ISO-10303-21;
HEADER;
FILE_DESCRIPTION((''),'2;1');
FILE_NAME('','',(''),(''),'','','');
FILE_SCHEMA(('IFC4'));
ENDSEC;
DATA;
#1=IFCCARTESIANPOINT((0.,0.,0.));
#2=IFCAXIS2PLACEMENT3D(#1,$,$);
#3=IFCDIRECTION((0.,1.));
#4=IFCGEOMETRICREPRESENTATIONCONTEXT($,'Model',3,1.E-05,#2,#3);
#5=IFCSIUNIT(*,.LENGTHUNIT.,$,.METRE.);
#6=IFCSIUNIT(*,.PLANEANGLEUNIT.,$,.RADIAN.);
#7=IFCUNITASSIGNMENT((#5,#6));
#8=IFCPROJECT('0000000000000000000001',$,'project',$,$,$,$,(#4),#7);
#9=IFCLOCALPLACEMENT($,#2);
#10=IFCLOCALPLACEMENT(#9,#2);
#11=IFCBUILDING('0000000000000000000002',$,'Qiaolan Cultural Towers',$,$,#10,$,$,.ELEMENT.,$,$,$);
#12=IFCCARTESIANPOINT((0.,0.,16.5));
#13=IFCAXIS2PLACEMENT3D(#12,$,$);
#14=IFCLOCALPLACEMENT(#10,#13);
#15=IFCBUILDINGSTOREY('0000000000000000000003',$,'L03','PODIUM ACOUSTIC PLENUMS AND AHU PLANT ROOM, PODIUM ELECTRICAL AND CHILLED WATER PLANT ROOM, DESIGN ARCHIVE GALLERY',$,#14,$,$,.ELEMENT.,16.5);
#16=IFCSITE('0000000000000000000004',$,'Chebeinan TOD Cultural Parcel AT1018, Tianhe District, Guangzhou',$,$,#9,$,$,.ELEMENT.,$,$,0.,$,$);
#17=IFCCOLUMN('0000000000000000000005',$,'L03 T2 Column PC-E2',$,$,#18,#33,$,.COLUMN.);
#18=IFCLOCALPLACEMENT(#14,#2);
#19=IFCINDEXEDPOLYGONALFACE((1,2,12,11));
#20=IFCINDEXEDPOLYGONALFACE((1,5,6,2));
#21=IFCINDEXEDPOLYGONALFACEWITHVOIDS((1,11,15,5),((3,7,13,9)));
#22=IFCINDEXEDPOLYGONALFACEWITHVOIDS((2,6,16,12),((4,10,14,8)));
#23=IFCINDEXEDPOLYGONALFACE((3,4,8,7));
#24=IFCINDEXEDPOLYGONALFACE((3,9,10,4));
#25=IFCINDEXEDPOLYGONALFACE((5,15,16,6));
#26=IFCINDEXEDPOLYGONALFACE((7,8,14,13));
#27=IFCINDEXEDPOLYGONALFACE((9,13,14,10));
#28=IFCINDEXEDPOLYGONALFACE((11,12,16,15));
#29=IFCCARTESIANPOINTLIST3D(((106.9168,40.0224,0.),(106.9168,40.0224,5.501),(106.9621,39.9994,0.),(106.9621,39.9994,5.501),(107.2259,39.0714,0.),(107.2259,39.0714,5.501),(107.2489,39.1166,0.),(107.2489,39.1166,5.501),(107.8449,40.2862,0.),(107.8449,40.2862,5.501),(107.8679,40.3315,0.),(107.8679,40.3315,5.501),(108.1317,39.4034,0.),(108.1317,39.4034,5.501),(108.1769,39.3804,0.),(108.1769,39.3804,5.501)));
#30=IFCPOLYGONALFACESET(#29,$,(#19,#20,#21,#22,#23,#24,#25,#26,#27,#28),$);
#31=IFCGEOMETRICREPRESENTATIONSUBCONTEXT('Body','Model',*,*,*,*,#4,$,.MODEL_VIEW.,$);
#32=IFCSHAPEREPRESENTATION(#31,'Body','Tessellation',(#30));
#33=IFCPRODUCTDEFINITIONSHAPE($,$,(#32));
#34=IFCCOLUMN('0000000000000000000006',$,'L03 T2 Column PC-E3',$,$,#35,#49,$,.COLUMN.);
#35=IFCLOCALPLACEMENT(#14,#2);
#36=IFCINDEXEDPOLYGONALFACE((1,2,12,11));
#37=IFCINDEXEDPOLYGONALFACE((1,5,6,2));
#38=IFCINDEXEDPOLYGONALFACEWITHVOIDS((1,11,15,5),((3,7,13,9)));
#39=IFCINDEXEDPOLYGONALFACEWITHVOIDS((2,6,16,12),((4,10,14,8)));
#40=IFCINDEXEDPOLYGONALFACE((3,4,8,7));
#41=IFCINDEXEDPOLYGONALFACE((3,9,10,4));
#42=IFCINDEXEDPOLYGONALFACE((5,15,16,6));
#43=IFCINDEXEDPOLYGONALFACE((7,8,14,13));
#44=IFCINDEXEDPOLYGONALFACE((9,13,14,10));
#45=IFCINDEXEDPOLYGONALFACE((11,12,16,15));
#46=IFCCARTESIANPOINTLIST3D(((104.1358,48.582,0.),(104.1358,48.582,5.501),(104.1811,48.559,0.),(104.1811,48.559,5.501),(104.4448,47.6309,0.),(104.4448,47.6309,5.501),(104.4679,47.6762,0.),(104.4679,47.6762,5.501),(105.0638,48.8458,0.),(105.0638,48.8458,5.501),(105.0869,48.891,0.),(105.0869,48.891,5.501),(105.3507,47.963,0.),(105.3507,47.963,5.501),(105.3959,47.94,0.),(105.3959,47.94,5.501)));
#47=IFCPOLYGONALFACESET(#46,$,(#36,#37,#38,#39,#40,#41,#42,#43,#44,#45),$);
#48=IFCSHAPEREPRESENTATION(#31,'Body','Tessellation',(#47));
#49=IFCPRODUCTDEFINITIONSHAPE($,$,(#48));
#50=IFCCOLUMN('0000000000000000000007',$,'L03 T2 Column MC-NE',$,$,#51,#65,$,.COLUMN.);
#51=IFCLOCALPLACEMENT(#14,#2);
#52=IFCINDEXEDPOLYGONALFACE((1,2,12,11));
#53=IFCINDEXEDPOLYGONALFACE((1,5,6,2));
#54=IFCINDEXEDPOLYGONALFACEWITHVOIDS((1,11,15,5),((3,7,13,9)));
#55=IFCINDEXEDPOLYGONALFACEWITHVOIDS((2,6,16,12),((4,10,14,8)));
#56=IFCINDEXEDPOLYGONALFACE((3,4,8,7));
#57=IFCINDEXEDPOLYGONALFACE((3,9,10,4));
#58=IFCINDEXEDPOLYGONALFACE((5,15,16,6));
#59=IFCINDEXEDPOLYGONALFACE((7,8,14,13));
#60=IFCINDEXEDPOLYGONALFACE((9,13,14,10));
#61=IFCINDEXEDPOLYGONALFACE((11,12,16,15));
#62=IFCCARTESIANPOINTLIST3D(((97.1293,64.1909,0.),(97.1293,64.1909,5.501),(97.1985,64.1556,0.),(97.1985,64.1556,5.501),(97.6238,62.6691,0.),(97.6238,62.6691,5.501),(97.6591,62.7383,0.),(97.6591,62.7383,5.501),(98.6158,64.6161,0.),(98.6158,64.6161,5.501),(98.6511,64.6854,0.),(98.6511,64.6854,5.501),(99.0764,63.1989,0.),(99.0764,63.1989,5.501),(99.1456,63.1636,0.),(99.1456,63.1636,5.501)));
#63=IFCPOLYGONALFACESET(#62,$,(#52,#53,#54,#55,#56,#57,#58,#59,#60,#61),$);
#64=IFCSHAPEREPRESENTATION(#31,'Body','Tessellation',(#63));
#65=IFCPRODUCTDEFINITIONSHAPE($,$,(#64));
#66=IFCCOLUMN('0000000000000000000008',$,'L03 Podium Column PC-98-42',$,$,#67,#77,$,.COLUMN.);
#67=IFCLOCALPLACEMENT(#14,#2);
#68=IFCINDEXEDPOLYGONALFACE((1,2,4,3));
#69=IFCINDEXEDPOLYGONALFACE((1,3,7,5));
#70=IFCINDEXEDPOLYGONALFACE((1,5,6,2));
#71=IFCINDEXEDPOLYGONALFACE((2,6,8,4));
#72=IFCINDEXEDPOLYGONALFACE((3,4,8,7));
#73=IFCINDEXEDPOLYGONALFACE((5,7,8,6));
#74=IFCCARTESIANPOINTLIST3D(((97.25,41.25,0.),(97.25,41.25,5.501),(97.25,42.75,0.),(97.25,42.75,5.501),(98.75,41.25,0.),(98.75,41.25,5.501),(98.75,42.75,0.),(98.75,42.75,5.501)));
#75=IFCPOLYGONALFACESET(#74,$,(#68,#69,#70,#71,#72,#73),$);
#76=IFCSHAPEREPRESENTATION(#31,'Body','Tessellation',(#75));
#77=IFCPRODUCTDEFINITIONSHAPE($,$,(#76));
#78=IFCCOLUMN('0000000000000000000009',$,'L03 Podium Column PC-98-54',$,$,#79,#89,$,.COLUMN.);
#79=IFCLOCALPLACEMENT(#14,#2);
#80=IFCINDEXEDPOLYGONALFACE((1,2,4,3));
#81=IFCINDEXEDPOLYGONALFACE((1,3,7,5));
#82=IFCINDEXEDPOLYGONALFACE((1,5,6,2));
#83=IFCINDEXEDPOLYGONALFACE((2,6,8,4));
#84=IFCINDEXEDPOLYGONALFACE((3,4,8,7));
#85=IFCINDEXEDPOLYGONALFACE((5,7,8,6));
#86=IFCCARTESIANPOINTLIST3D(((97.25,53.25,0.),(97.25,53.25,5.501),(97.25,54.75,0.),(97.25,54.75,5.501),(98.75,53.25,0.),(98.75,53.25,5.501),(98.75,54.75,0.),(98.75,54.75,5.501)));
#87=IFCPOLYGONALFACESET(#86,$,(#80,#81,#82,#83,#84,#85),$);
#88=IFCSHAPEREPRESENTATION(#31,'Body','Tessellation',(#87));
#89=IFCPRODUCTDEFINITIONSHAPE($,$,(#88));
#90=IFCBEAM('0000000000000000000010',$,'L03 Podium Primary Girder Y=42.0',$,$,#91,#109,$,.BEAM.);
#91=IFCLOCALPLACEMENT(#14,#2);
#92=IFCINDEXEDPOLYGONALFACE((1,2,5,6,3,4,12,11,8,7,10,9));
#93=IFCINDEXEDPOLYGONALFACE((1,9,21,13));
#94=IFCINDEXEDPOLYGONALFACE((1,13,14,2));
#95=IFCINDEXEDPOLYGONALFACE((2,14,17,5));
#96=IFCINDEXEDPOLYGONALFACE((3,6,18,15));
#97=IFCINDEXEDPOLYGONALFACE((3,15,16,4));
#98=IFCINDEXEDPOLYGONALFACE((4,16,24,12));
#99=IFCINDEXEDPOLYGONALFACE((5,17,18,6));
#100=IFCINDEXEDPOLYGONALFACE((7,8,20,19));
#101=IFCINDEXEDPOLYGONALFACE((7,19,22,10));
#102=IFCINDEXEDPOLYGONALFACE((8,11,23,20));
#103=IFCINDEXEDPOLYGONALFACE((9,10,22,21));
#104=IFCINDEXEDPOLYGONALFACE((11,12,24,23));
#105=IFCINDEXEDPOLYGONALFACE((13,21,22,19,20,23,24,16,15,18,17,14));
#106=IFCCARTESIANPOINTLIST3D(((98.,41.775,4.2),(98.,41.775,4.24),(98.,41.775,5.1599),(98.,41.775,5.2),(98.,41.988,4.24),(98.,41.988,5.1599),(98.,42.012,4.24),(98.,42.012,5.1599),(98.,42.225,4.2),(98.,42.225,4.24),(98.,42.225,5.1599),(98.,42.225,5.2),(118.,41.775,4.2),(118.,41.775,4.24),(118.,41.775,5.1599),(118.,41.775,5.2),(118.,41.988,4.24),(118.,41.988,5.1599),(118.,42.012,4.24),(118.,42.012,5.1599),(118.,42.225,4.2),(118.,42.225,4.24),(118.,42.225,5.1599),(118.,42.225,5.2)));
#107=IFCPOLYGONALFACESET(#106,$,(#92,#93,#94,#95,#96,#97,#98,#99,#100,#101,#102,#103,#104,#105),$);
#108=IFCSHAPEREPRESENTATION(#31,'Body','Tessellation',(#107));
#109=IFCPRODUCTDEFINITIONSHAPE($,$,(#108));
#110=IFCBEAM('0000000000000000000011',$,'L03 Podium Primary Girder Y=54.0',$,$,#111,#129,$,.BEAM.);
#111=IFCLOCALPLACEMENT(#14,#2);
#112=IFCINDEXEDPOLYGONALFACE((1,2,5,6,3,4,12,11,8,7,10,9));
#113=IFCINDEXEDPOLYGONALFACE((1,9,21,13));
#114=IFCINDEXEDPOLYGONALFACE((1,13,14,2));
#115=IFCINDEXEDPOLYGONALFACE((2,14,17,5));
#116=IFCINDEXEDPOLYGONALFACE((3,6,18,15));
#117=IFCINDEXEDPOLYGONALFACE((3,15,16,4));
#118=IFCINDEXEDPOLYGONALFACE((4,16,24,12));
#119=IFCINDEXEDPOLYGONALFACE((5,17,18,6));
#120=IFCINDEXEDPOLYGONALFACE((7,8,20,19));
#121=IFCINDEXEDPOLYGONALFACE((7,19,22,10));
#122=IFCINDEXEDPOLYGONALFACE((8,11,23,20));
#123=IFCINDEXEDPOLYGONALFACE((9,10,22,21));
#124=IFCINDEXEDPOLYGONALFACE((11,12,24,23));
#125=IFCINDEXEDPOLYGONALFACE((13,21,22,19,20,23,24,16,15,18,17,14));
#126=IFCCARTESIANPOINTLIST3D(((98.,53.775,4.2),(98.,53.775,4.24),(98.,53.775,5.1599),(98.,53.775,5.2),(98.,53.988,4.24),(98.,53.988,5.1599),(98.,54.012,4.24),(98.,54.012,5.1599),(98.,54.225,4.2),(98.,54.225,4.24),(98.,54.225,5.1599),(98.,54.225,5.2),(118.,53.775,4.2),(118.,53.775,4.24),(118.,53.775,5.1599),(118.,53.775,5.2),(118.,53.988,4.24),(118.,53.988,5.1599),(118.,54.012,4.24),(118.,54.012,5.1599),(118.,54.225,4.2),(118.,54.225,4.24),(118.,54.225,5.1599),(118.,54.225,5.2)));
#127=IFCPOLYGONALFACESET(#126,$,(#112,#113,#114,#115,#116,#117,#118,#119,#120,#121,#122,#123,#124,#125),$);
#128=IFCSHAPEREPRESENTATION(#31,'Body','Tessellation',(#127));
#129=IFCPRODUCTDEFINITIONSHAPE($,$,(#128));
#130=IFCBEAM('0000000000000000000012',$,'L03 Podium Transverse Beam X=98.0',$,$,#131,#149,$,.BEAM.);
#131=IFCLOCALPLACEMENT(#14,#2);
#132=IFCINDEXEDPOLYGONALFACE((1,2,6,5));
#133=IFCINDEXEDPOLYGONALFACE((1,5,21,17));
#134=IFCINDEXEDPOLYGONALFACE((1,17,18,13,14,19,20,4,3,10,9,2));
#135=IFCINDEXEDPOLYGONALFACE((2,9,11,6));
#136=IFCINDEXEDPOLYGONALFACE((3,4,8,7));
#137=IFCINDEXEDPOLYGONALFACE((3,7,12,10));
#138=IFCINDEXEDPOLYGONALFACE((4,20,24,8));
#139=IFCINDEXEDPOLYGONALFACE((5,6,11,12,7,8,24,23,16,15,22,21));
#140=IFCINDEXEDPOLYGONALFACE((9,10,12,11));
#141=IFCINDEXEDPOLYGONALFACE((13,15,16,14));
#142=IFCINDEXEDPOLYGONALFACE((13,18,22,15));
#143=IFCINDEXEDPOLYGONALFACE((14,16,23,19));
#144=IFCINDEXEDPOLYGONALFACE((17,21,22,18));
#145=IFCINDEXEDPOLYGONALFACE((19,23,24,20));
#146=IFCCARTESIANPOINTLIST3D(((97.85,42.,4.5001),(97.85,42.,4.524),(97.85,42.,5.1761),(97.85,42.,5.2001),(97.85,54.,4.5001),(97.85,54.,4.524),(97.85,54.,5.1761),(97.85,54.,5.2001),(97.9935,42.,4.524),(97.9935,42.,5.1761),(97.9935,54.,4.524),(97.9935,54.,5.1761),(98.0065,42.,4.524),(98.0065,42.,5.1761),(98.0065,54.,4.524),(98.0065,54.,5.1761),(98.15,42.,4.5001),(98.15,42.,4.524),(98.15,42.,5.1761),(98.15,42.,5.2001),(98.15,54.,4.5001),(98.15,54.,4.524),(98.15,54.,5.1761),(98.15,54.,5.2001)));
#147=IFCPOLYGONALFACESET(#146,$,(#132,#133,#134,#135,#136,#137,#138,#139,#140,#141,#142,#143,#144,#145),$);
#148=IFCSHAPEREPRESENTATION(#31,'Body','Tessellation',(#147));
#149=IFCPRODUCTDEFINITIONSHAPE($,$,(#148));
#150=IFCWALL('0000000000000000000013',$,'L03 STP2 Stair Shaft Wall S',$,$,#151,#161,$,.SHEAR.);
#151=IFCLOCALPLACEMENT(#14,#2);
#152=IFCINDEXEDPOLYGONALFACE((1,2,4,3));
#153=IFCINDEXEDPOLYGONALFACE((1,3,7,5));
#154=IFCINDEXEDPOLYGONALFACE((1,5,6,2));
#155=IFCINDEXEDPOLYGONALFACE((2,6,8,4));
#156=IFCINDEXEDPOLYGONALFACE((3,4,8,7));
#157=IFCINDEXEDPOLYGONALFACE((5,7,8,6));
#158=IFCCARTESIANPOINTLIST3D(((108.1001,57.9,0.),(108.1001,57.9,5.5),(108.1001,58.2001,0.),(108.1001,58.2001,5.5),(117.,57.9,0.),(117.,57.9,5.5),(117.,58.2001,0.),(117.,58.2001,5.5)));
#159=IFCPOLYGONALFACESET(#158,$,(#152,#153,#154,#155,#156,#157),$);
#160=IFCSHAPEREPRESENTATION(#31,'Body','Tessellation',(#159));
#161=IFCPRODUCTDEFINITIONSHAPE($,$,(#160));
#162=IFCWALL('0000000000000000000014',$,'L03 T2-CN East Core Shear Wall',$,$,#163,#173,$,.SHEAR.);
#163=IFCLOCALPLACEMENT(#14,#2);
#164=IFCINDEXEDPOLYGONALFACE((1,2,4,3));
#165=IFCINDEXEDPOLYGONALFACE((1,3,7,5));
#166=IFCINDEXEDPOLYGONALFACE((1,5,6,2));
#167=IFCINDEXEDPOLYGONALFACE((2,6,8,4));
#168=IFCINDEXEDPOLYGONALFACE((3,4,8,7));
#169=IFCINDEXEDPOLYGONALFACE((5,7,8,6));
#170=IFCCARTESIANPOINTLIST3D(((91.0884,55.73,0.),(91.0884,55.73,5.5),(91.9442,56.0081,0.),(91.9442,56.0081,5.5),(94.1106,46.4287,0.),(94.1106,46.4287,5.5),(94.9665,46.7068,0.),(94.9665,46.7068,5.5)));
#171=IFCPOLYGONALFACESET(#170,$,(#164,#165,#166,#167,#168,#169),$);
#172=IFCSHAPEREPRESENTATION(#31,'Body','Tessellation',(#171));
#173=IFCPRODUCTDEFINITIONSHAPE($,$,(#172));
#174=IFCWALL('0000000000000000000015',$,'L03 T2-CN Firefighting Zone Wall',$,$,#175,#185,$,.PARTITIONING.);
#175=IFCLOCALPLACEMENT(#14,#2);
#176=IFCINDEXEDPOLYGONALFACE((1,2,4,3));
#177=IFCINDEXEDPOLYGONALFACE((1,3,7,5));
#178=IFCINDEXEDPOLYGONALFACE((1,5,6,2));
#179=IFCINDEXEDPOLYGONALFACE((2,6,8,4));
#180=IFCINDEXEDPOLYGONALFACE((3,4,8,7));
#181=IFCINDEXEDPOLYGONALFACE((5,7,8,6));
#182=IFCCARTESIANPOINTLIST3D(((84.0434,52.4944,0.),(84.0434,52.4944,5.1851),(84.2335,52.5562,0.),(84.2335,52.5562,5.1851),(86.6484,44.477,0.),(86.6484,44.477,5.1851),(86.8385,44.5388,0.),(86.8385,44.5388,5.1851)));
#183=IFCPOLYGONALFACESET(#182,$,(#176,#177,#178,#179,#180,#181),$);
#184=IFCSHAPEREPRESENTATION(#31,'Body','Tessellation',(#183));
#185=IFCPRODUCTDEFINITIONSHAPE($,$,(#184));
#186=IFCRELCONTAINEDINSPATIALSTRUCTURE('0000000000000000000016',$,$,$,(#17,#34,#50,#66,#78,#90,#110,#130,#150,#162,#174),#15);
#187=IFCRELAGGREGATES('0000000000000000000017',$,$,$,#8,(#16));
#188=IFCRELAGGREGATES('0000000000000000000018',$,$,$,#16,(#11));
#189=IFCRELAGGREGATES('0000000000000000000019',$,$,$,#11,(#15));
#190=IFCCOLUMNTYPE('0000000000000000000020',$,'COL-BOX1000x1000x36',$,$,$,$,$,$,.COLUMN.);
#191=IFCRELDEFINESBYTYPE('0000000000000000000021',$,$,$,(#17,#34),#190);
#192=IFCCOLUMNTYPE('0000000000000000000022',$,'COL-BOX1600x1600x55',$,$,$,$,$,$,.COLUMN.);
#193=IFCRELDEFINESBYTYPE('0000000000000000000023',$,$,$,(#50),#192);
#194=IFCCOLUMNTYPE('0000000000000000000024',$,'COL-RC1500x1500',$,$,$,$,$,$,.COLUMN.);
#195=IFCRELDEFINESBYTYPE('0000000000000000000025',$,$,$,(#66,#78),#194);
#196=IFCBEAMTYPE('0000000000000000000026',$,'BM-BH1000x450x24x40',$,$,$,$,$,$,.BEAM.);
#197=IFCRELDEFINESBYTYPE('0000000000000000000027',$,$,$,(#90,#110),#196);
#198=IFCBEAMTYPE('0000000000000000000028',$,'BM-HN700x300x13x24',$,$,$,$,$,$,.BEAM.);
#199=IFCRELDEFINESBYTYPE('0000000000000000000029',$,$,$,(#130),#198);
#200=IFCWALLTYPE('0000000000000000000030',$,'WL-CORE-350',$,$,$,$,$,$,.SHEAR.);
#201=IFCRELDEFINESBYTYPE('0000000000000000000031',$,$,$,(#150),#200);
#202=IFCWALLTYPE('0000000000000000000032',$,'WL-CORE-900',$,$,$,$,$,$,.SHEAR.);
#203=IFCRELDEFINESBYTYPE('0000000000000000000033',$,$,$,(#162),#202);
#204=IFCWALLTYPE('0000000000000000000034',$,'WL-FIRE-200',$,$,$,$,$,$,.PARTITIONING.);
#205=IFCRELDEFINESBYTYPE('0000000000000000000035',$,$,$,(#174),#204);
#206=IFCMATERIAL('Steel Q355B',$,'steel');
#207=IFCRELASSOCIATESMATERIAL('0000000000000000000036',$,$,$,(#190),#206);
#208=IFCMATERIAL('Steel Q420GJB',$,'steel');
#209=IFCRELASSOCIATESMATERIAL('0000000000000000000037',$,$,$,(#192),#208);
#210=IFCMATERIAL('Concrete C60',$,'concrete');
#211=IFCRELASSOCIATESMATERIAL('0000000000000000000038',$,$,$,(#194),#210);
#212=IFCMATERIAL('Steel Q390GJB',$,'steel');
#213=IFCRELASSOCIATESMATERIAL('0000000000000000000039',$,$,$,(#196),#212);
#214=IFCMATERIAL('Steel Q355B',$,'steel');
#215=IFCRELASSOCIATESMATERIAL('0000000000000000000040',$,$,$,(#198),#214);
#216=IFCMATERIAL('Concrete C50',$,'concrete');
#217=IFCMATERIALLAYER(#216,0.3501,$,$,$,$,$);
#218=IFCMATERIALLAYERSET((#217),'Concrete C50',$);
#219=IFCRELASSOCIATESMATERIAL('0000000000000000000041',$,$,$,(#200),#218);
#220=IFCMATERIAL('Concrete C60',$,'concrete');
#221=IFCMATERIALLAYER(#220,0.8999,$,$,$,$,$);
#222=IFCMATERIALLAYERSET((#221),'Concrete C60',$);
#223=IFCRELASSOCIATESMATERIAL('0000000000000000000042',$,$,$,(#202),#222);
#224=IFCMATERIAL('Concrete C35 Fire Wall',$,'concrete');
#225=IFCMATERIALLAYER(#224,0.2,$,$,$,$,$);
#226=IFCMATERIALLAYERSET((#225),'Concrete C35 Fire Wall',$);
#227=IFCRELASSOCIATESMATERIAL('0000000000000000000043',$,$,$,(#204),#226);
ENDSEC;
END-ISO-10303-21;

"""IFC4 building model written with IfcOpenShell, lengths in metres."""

from ifc_helpers import new_model, si_unit, direction, frame, frame_2d, origin, origin_2d, place, context, subcontext, project, spatial, rectangle, hollow_rectangle, i_section, extrude, material, layer, layer_set, material_profile, profile_set, type_object, element, save


model = new_model("IFC4")

# Units and contexts
model_context = context("Model", 3, precision=1e-05, world=origin(), true_north=direction((0.0, 1.0)))
body_context = subcontext(model_context, "Body", "Model", "MODEL_VIEW")
ifc_project = project(units=[si_unit("LENGTHUNIT", "METRE"), si_unit("PLANEANGLEUNIT", "RADIAN")], contexts=[model_context])

# Site, building, storey
site_placement = place(None, origin())
site = spatial("IfcSite", under=ifc_project, at=site_placement, Name="Chebeinan TOD Cultural Parcel AT1018, Tianhe District, Guangzhou", CompositionType="ELEMENT", RefElevation=0.0)
building_placement = place(site_placement, origin())
building = spatial("IfcBuilding", under=site, at=building_placement, Name="Qiaolan Cultural Towers", CompositionType="ELEMENT")
storey_placement = place(building_placement, frame((0.0, 0.0, 16.5)))
storey = spatial("IfcBuildingStorey", under=building, at=storey_placement, Name="L03", Description="PODIUM ACOUSTIC PLENUMS AND AHU PLANT ROOM, PODIUM ELECTRICAL AND CHILLED WATER PLANT ROOM, DESIGN ARCHIVE GALLERY", CompositionType="ELEMENT", Elevation=16.5)

# Columns
ifc_material_1 = material(Name="Steel Q355B", Category="steel")
ifc_material_profile_1 = material_profile(ifc_material_1, hollow_rectangle(XDim=1.0, YDim=1.0, WallThickness=0.0359, at=origin_2d()), Name="BOX1000x1000x36")
ifc_profile_set_1 = profile_set([ifc_material_profile_1], Name="Steel Q355B")
column_type_1 = type_object("IfcColumnType", Name="COL-BOX1000x1000x36", PredefinedType="COLUMN", material=ifc_profile_set_1)
for number, where, z_axis, x_axis, name in (
    (1, (107.5469, 39.7014, 0.0), (0.0, 0.0, 1.0), (0.951057, 0.309017, 0.0), "L03 T2 Column PC-E2"),
    (2, (104.7659, 48.261, 0.0), (0.0, 0.0, 1.0), (0.951057, 0.309017, 0.0), "L03 T2 Column PC-E3"),
):
    element("IfcColumn", number, at=place(storey_placement, frame(where, z_axis=z_axis, x_axis=x_axis)), inside=storey, type_object=column_type_1, Name=name, PredefinedType="COLUMN", context=body_context, shape_type="SweptSolid", body=[
        extrude(hollow_rectangle(XDim=1.0, YDim=1.0, WallThickness=0.0359, at=origin_2d()), origin(), (0.0, 0.0, 1.0), 5.501),
    ])
ifc_material_2 = material(Name="Steel Q420GJB", Category="steel")
ifc_material_profile_2 = material_profile(ifc_material_2, hollow_rectangle(XDim=1.6001, YDim=1.6001, WallThickness=0.0549, at=origin_2d()), Name="BOX1600x1600x55")
ifc_profile_set_2 = profile_set([ifc_material_profile_2], Name="Steel Q420GJB")
column_type_2 = type_object("IfcColumnType", Name="COL-BOX1600x1600x55", PredefinedType="COLUMN", material=ifc_profile_set_2)
column_placement = place(storey_placement, frame((98.1375, 63.6772, 0.0), z_axis=(0.0, 0.0, 1.0), x_axis=(0.951057, 0.309017, 0.0)))
element("IfcColumn", 3, at=column_placement, inside=storey, type_object=column_type_2, Name="L03 T2 Column MC-NE", PredefinedType="COLUMN", context=body_context, shape_type="SweptSolid", body=[
    extrude(hollow_rectangle(XDim=1.6001, YDim=1.6001, WallThickness=0.0549, at=origin_2d()), origin(), (0.0, 0.0, 1.0), 5.501),
])
ifc_material_3 = material(Name="Concrete C60", Category="concrete")
ifc_material_profile_3 = material_profile(ifc_material_3, rectangle(XDim=1.5, YDim=1.5, at=origin_2d()), Name="RC1500x1500")
ifc_profile_set_3 = profile_set([ifc_material_profile_3], Name="Concrete C60")
column_type_3 = type_object("IfcColumnType", Name="COL-RC1500x1500", PredefinedType="COLUMN", material=ifc_profile_set_3)
for number, where, z_axis, x_axis, name in (
    (4, (98.0, 42.0, 0.0), (0.0, 0.0, 1.0), (1.0, 0.0, 0.0), "L03 Podium Column PC-98-42"),
    (5, (98.0, 54.0, 0.0), (0.0, 0.0, 1.0), (1.0, 0.0, 0.0), "L03 Podium Column PC-98-54"),
):
    element("IfcColumn", number, at=place(storey_placement, frame(where, z_axis=z_axis, x_axis=x_axis)), inside=storey, type_object=column_type_3, Name=name, PredefinedType="COLUMN", context=body_context, shape_type="SweptSolid", body=[
        extrude(rectangle(XDim=1.5, YDim=1.5, at=origin_2d()), origin(), (0.0, 0.0, 1.0), 5.501),
    ])

# Beams
ifc_material_4 = material(Name="Steel Q390GJB", Category="steel")
ifc_material_profile_4 = material_profile(ifc_material_4, i_section(OverallWidth=0.45, OverallDepth=1.0, WebThickness=0.0239, FlangeThickness=0.04, at=origin_2d()), Name="BH1000x450x24x40")
ifc_profile_set_4 = profile_set([ifc_material_profile_4], Name="Steel Q390GJB")
beam_type_1 = type_object("IfcBeamType", Name="BM-BH1000x450x24x40", PredefinedType="BEAM", material=ifc_profile_set_4)
for number, where, z_axis, x_axis, name in (
    (6, (98.0, 42.0, 4.7), (1.0, 0.0, 0.0), (0.0, 1.0, 0.0), "L03 Podium Primary Girder Y=42.0"),
    (7, (98.0, 54.0, 4.7), (1.0, 0.0, 0.0), (0.0, 1.0, 0.0), "L03 Podium Primary Girder Y=54.0"),
):
    element("IfcBeam", number, at=place(storey_placement, frame(where, z_axis=z_axis, x_axis=x_axis)), inside=storey, type_object=beam_type_1, Name=name, PredefinedType="BEAM", context=body_context, shape_type="SweptSolid", body=[
        extrude(i_section(OverallWidth=0.45, OverallDepth=1.0, WebThickness=0.0239, FlangeThickness=0.04, at=origin_2d()), origin(), (0.0, 0.0, 1.0), 20.0),
    ])
ifc_material_5 = material(Name="Steel Q355B", Category="steel")
ifc_material_profile_5 = material_profile(ifc_material_5, i_section(OverallWidth=0.3, OverallDepth=0.7, WebThickness=0.0129, FlangeThickness=0.0239, at=origin_2d()), Name="HN700x300x13x24")
ifc_profile_set_5 = profile_set([ifc_material_profile_5], Name="Steel Q355B")
beam_type_2 = type_object("IfcBeamType", Name="BM-HN700x300x13x24", PredefinedType="BEAM", material=ifc_profile_set_5)
beam_placement = place(storey_placement, frame((98.0, 42.0, 4.8501), z_axis=(0.0, 1.0, 0.0), x_axis=(-1.0, 0.0, 0.0)))
element("IfcBeam", 8, at=beam_placement, inside=storey, type_object=beam_type_2, Name="L03 Podium Transverse Beam X=98.0", PredefinedType="BEAM", context=body_context, shape_type="SweptSolid", body=[
    extrude(i_section(OverallWidth=0.3, OverallDepth=0.7, WebThickness=0.0129, FlangeThickness=0.0239, at=origin_2d()), origin(), (0.0, 0.0, 1.0), 12.0),
])

# Walls
ifc_material_6 = material(Name="Concrete C50", Category="concrete")
ifc_layer_1 = layer(ifc_material_6, 0.3501)
ifc_layer_set_1 = layer_set([ifc_layer_1], Name="Concrete C50")
wall_type_1 = type_object("IfcWallType", Name="WL-CORE-350", PredefinedType="SHEAR", material=ifc_layer_set_1)
wall_1_placement = place(storey_placement, frame((108.1001, 58.05, 0.0), z_axis=(0.0, 0.0, 1.0), x_axis=(1.0, 0.0, 0.0)))
element("IfcWall", 9, at=wall_1_placement, inside=storey, type_object=wall_type_1, Name="L03 STP2 Stair Shaft Wall S", PredefinedType="SHEAR", context=body_context, shape_type="SweptSolid", body=[
    extrude(rectangle(XDim=8.8999, YDim=0.3, at=frame_2d((4.45, 0.0))), origin(), (0.0, 0.0, 1.0), 5.5),
])
ifc_material_7 = material(Name="Concrete C60", Category="concrete")
ifc_layer_2 = layer(ifc_material_7, 0.8999)
ifc_layer_set_2 = layer_set([ifc_layer_2], Name="Concrete C60")
wall_type_2 = type_object("IfcWallType", Name="WL-CORE-900", PredefinedType="SHEAR", material=ifc_layer_set_2)
wall_2_placement = place(storey_placement, frame((94.5386, 46.5676, 0.0), z_axis=(0.0, 0.0, 1.0), x_axis=(-0.309022, 0.951055, 0.0)))
element("IfcWall", 10, at=wall_2_placement, inside=storey, type_object=wall_type_2, Name="L03 T2-CN East Core Shear Wall", PredefinedType="SHEAR", context=body_context, shape_type="SweptSolid", body=[
    extrude(rectangle(XDim=9.78, YDim=0.8999, at=frame_2d((4.8901, 0.0))), origin(), (0.0, 0.0, 1.0), 5.5),
])
ifc_material_8 = material(Name="Concrete C35 Fire Wall", Category="concrete")
ifc_layer_3 = layer(ifc_material_8, 0.2)
ifc_layer_set_3 = layer_set([ifc_layer_3], Name="Concrete C35 Fire Wall")
wall_type_3 = type_object("IfcWallType", Name="WL-FIRE-200", PredefinedType="PARTITIONING", material=ifc_layer_set_3)
for number, where, z_axis, x_axis, name in (
    (11, (86.7434, 44.5081, 0.0), (0.0, 0.0, 1.0), (-0.309016, 0.951057, 0.0), "L03 T2-CN Firefighting Zone Wall"),
):
    element("IfcWall", number, at=place(storey_placement, frame(where, z_axis=z_axis, x_axis=x_axis)), inside=storey, type_object=wall_type_3, Name=name, PredefinedType="PARTITIONING", context=body_context, shape_type="SweptSolid", body=[
        extrude(rectangle(XDim=8.4299, YDim=0.2, at=frame_2d((4.2148, 0.0))), origin(), (0.0, 0.0, 1.0), 5.1851),
    ])

save(model, "model.ifc")
